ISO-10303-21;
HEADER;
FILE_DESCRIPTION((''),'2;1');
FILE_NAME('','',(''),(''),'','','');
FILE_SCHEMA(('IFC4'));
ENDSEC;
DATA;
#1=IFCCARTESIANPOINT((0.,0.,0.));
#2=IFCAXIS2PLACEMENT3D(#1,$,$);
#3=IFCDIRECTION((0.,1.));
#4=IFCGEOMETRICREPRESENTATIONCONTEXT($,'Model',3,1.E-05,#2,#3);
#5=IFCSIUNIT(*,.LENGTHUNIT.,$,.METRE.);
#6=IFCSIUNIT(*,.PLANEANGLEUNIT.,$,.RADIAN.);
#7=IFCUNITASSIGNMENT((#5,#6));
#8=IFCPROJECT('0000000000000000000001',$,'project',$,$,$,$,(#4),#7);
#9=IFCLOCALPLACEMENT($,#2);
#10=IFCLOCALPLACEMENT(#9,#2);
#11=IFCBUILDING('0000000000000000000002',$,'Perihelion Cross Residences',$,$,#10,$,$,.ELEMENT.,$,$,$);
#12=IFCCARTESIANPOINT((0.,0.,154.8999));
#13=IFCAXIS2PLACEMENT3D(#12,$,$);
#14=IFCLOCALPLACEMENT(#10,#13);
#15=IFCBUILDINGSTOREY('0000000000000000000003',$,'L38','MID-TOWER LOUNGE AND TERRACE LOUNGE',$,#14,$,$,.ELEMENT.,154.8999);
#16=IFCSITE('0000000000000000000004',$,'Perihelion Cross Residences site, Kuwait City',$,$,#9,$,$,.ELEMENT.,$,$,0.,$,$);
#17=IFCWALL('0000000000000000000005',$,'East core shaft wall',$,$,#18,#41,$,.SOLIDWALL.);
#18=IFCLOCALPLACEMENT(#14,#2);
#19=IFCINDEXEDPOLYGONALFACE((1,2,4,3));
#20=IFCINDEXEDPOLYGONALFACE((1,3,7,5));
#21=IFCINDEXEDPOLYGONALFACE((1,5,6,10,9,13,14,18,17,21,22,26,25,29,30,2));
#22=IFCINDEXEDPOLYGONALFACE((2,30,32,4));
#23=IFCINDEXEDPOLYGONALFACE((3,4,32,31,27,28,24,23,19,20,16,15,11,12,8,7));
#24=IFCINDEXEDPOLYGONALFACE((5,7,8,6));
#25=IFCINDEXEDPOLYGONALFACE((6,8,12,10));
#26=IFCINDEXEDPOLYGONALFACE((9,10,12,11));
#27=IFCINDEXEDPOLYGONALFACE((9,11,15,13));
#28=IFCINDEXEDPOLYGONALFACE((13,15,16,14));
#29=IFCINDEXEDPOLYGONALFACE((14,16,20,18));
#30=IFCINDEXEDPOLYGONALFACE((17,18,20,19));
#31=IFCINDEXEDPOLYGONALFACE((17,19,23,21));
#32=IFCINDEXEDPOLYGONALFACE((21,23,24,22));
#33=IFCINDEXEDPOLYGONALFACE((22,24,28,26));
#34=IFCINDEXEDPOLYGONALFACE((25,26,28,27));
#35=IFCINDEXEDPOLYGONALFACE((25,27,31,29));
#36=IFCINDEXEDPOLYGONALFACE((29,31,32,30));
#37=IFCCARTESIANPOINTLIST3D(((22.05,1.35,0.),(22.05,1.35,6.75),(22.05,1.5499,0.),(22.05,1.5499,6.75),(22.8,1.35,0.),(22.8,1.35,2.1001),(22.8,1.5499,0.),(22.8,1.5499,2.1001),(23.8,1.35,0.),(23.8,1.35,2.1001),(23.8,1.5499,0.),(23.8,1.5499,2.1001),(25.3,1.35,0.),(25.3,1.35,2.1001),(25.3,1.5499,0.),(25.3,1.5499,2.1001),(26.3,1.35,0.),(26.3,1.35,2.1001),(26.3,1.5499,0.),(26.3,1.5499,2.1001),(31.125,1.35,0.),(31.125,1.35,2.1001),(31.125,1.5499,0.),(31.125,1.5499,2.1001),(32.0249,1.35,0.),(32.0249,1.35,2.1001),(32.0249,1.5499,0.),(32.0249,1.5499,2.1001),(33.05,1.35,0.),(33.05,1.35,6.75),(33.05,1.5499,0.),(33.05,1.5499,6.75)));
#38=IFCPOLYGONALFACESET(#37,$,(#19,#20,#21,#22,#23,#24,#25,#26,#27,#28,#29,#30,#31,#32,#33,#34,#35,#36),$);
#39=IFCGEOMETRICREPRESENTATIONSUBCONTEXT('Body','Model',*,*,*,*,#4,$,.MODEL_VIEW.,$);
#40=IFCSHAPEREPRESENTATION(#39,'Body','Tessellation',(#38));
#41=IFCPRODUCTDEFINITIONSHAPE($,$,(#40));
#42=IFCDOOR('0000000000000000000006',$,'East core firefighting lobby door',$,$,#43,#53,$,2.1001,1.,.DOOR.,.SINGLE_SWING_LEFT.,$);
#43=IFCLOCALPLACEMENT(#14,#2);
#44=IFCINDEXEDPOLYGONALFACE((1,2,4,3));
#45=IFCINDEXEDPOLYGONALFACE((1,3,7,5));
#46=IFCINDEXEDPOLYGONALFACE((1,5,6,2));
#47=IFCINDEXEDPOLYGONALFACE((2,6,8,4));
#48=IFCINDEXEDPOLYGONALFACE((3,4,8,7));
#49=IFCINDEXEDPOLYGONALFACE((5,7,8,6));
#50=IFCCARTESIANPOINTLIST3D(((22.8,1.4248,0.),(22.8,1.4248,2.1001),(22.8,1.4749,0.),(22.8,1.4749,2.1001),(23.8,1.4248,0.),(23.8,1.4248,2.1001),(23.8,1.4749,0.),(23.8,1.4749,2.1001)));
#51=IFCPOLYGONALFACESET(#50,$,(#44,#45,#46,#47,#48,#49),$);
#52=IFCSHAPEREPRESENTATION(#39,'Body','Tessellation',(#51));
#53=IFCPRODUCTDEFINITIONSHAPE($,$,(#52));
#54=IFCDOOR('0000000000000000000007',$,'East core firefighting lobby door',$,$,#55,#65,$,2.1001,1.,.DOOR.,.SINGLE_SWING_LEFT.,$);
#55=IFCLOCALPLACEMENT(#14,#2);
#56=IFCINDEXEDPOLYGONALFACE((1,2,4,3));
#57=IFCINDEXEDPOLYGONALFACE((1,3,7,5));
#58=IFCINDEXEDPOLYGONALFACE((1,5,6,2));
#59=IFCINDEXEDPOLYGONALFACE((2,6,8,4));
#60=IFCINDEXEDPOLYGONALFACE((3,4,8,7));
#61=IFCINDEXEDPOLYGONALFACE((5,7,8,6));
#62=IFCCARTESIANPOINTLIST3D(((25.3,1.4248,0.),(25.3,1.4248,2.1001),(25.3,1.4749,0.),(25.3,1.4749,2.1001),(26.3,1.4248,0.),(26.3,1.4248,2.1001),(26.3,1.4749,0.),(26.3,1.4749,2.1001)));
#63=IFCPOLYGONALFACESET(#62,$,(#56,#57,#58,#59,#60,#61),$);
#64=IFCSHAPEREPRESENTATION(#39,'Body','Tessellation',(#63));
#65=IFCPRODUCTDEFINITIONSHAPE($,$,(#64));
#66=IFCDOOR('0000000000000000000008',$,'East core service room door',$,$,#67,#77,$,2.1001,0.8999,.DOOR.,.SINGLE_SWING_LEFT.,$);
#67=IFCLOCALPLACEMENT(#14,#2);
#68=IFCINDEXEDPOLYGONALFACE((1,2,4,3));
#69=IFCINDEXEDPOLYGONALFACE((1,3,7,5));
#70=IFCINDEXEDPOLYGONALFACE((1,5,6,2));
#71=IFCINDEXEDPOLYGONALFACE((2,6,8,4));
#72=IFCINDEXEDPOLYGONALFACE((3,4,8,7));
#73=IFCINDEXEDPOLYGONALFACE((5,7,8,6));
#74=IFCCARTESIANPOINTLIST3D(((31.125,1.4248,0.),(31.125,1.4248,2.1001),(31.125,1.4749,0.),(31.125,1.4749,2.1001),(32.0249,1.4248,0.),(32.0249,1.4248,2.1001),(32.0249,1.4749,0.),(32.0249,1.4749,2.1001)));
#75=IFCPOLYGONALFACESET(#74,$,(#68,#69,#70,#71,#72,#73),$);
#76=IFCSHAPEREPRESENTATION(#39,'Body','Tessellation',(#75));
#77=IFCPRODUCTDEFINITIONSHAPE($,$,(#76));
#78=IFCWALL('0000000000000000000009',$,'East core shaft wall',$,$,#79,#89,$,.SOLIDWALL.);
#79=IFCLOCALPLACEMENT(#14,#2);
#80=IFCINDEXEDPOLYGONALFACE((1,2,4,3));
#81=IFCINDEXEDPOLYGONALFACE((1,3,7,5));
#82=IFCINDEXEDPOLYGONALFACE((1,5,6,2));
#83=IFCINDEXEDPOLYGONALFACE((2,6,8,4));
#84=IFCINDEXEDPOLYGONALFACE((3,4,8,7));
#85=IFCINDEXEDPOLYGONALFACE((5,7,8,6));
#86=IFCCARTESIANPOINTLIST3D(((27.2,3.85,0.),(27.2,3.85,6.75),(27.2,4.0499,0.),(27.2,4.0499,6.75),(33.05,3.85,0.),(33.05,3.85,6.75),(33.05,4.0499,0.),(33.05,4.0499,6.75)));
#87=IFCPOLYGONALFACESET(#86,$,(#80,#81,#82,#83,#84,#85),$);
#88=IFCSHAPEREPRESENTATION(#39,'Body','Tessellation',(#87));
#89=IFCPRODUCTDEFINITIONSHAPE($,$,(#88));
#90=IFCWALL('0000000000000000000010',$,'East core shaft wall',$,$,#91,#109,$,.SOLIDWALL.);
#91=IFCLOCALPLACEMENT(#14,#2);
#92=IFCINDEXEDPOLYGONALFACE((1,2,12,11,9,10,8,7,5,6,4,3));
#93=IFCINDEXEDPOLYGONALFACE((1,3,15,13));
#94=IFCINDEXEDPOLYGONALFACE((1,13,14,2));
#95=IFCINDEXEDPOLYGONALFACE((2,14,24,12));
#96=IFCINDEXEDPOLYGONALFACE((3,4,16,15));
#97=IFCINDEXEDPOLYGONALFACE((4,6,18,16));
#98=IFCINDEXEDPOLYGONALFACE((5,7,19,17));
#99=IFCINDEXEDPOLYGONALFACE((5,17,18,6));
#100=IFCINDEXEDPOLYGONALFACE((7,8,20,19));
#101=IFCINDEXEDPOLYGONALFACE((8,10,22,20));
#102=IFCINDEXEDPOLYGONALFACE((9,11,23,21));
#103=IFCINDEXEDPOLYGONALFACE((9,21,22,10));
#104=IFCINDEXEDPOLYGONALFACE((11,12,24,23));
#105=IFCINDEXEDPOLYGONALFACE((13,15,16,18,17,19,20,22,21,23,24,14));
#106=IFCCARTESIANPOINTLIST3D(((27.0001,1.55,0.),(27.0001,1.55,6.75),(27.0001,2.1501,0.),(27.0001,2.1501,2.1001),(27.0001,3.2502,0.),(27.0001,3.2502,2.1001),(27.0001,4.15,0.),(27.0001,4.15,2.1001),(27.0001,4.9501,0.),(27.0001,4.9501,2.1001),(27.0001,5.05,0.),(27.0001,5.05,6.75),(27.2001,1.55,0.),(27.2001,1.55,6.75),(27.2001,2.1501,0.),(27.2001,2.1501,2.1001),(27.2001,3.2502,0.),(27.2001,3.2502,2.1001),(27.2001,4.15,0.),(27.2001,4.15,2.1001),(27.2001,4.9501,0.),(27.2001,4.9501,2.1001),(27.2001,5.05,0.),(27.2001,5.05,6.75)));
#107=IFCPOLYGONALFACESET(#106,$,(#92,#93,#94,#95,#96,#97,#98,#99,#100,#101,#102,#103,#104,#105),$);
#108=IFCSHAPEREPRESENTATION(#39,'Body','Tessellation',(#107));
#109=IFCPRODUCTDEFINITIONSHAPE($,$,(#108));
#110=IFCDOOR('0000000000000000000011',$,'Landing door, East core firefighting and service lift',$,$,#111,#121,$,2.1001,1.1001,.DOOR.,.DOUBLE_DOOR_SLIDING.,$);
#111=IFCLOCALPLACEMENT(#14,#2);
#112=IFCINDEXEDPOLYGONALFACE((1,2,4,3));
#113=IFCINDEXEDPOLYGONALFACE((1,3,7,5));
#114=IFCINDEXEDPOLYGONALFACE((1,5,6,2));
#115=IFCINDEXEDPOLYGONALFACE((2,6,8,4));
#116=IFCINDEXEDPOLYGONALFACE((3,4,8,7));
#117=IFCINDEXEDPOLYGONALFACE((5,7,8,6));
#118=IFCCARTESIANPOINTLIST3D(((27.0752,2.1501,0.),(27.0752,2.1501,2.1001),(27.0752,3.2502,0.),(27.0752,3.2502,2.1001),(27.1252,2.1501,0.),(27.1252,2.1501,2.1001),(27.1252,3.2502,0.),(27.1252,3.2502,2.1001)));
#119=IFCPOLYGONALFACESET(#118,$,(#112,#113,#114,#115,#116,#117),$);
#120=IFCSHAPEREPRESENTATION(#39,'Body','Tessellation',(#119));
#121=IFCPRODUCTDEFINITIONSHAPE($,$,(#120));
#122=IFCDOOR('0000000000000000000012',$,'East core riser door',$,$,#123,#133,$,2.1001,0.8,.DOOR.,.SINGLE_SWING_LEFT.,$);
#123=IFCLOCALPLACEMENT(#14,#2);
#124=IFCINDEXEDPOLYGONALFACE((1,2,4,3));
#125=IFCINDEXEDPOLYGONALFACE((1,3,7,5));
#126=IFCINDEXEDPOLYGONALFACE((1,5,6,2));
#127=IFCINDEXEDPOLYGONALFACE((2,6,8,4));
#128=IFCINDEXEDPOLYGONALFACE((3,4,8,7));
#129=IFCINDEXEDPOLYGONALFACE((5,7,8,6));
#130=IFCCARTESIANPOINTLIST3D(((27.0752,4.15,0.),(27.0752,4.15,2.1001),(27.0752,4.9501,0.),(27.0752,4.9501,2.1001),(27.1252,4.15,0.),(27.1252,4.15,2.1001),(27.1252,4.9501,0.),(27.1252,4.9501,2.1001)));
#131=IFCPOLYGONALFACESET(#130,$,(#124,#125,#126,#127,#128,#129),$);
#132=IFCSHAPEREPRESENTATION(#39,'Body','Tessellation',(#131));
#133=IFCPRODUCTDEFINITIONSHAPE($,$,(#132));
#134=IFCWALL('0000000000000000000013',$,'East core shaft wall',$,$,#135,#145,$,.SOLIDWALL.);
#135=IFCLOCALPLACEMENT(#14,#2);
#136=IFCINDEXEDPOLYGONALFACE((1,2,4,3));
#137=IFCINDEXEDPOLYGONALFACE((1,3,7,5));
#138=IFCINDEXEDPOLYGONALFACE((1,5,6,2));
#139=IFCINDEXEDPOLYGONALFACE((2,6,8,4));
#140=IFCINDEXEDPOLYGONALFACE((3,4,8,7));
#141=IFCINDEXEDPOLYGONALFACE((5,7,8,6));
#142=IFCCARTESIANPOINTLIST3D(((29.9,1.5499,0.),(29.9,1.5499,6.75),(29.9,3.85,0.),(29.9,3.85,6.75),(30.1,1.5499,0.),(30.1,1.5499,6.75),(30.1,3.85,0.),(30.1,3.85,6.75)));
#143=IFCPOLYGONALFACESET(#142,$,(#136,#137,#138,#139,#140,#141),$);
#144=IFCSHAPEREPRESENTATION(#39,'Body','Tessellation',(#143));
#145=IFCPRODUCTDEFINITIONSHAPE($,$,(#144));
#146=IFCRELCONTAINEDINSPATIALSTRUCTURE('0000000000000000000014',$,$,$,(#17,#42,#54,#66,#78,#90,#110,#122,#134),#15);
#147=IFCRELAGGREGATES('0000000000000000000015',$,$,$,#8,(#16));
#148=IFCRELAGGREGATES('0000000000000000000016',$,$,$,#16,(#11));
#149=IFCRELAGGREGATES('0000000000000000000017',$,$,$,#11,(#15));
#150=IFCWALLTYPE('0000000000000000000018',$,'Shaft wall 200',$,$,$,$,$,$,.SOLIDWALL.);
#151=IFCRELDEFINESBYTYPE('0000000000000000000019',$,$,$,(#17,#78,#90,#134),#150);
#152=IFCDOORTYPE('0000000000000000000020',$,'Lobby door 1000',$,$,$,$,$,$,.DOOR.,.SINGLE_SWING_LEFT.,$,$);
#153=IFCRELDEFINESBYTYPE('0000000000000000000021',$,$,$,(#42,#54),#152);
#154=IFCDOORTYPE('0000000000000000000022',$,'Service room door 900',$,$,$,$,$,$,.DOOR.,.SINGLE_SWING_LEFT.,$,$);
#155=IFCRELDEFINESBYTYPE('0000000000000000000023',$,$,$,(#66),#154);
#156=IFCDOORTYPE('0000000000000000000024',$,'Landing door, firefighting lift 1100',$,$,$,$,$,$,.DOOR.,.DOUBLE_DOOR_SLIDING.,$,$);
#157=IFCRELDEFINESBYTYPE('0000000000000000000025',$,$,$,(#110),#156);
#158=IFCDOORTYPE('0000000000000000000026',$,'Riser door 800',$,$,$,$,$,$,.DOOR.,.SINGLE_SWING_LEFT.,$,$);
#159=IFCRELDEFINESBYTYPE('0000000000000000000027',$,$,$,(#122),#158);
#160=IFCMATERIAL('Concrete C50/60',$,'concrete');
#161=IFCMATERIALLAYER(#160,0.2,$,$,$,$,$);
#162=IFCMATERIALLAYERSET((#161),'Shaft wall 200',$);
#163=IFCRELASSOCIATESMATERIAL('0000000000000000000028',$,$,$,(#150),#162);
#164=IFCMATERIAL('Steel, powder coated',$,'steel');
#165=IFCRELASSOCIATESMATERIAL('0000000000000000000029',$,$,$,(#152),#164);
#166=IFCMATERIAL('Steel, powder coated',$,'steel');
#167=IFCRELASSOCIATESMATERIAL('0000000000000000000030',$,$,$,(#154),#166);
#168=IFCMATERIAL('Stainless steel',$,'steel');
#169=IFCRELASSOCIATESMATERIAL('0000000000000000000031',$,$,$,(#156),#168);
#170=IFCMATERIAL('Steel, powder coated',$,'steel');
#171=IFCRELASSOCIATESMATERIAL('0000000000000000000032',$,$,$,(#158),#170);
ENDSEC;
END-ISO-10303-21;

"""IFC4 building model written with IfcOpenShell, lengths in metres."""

from ifc_helpers import new_model, si_unit, direction, frame, frame_2d, origin, place, context, subcontext, project, spatial, rectangle, extrude, material, layer, layer_set, type_object, element, fill, save


model = new_model("IFC4")

# Units and contexts
model_context = context("Model", 3, precision=1e-05, world=origin(), true_north=direction((0.0, 1.0)))
body_context = subcontext(model_context, "Body", "Model", "MODEL_VIEW")
ifc_project = project(units=[si_unit("LENGTHUNIT", "METRE"), si_unit("PLANEANGLEUNIT", "RADIAN")], contexts=[model_context])

# Site, building, storey
site_placement = place(None, origin())
site = spatial("IfcSite", under=ifc_project, at=site_placement, Name="Perihelion Cross Residences site, Kuwait City", CompositionType="ELEMENT", RefElevation=0.0)
building_placement = place(site_placement, origin())
building = spatial("IfcBuilding", under=site, at=building_placement, Name="Perihelion Cross Residences", CompositionType="ELEMENT")
storey_placement = place(building_placement, frame((0.0, 0.0, 154.8999)))
storey = spatial("IfcBuildingStorey", under=building, at=storey_placement, Name="L38", Description="MID-TOWER LOUNGE AND TERRACE LOUNGE", CompositionType="ELEMENT", Elevation=154.8999)

# Wall, openings, doors
ifc_material_1 = material(Name="Concrete C50/60", Category="concrete")
ifc_layer_1 = layer(ifc_material_1, 0.2)
ifc_layer_set_1 = layer_set([ifc_layer_1], Name="Shaft wall 200")
wall_type_1 = type_object("IfcWallType", Name="Shaft wall 200", PredefinedType="SOLIDWALL", material=ifc_layer_set_1)
wall_1_placement = place(storey_placement, frame((22.05, 1.45, 0.0), z_axis=(0.0, 0.0, 1.0), x_axis=(1.0, 0.0, 0.0)))
wall_1 = element("IfcWall", 1, at=wall_1_placement, inside=storey, type_object=wall_type_1, Name="East core shaft wall", PredefinedType="SOLIDWALL", context=body_context, shape_type="SweptSolid", body=[
    extrude(rectangle(XDim=11.0, YDim=0.2, at=frame_2d((5.5, 0.0))), origin(), (0.0, 0.0, 1.0), 6.75),
])
opening_1_placement = place(wall_1_placement, frame((0.75, 0.0, 0.0)))
opening_1 = element("IfcOpeningElement", 2, at=opening_1_placement, cuts=wall_1, PredefinedType="OPENING", context=body_context, shape_type="SweptSolid", body=[
    extrude(rectangle(XDim=1.0, YDim=2.1001, at=frame_2d((0.5, 1.05))), frame((0.0, 0.1099, 0.0), z_axis=(0.0, -1.0, 0.0), x_axis=(1.0, 0.0, 0.0)), (0.0, 0.0, 1.0), 0.22),
])
opening_2_placement = place(wall_1_placement, frame((3.25, 0.0, 0.0)))
opening_2 = element("IfcOpeningElement", 3, at=opening_2_placement, cuts=wall_1, PredefinedType="OPENING", context=body_context, shape_type="SweptSolid", body=[
    extrude(rectangle(XDim=1.0, YDim=2.1001, at=frame_2d((0.5, 1.05))), frame((0.0, 0.1099, 0.0), z_axis=(0.0, -1.0, 0.0), x_axis=(1.0, 0.0, 0.0)), (0.0, 0.0, 1.0), 0.22),
])
opening_3_placement = place(wall_1_placement, frame((9.075, 0.0, 0.0)))
opening_3 = element("IfcOpeningElement", 4, at=opening_3_placement, cuts=wall_1, PredefinedType="OPENING", context=body_context, shape_type="SweptSolid", body=[
    extrude(rectangle(XDim=0.8999, YDim=2.1001, at=frame_2d((0.45, 1.05))), frame((0.0, 0.1099, 0.0), z_axis=(0.0, -1.0, 0.0), x_axis=(1.0, 0.0, 0.0)), (0.0, 0.0, 1.0), 0.22),
])
ifc_material_2 = material(Name="Steel, powder coated", Category="steel")
door_type_1 = type_object("IfcDoorType", Name="Lobby door 1000", OperationType="SINGLE_SWING_LEFT", PredefinedType="DOOR", material=ifc_material_2)
door_1_placement = place(opening_1_placement, origin())
door_1 = element("IfcDoor", 5, at=door_1_placement, inside=storey, type_object=door_type_1, Name="East core firefighting lobby door", OperationType="SINGLE_SWING_LEFT", OverallHeight=2.1001, OverallWidth=1.0, PredefinedType="DOOR", context=body_context, shape_type="SweptSolid", body=[
    extrude(rectangle(XDim=1.0, YDim=2.1001, at=frame_2d((0.5, 1.05))), frame((0.0, 0.0249, 0.0), z_axis=(0.0, -1.0, 0.0), x_axis=(1.0, 0.0, 0.0)), (0.0, 0.0, 1.0), 0.05),
])
fill(opening_1, door_1)
door_2_placement = place(opening_2_placement, origin())
door_2 = element("IfcDoor", 6, at=door_2_placement, inside=storey, type_object=door_type_1, Name="East core firefighting lobby door", OperationType="SINGLE_SWING_LEFT", OverallHeight=2.1001, OverallWidth=1.0, PredefinedType="DOOR", context=body_context, shape_type="SweptSolid", body=[
    extrude(rectangle(XDim=1.0, YDim=2.1001, at=frame_2d((0.5, 1.05))), frame((0.0, 0.0249, 0.0), z_axis=(0.0, -1.0, 0.0), x_axis=(1.0, 0.0, 0.0)), (0.0, 0.0, 1.0), 0.05),
])
fill(opening_2, door_2)
ifc_material_3 = material(Name="Steel, powder coated", Category="steel")
door_type_2 = type_object("IfcDoorType", Name="Service room door 900", OperationType="SINGLE_SWING_LEFT", PredefinedType="DOOR", material=ifc_material_3)
door_3_placement = place(opening_3_placement, origin())
door_3 = element("IfcDoor", 7, at=door_3_placement, inside=storey, type_object=door_type_2, Name="East core service room door", OperationType="SINGLE_SWING_LEFT", OverallHeight=2.1001, OverallWidth=0.8999, PredefinedType="DOOR", context=body_context, shape_type="SweptSolid", body=[
    extrude(rectangle(XDim=0.8999, YDim=2.1001, at=frame_2d((0.45, 1.05))), frame((0.0, 0.0249, 0.0), z_axis=(0.0, -1.0, 0.0), x_axis=(1.0, 0.0, 0.0)), (0.0, 0.0, 1.0), 0.05),
])
fill(opening_3, door_3)

# Wall
wall_2_placement = place(storey_placement, frame((27.2, 3.95, 0.0), z_axis=(0.0, 0.0, 1.0), x_axis=(1.0, 0.0, 0.0)))
element("IfcWall", 8, at=wall_2_placement, inside=storey, type_object=wall_type_1, Name="East core shaft wall", PredefinedType="SOLIDWALL", context=body_context, shape_type="SweptSolid", body=[
    extrude(rectangle(XDim=5.8501, YDim=0.2, at=frame_2d((2.925, 0.0))), origin(), (0.0, 0.0, 1.0), 6.75),
])

# Wall, openings, doors
wall_3_placement = place(storey_placement, frame((27.1001, 1.55, 0.0), z_axis=(0.0, 0.0, 1.0), x_axis=(0.0, 1.0, 0.0)))
wall_3 = element("IfcWall", 9, at=wall_3_placement, inside=storey, type_object=wall_type_1, Name="East core shaft wall", PredefinedType="SOLIDWALL", context=body_context, shape_type="SweptSolid", body=[
    extrude(rectangle(XDim=3.5, YDim=0.2, at=frame_2d((1.75, 0.0))), origin(), (0.0, 0.0, 1.0), 6.75),
])
opening_4_placement = place(wall_3_placement, frame((0.6001, 0.0, 0.0)))
opening_4 = element("IfcOpeningElement", 10, at=opening_4_placement, cuts=wall_3, PredefinedType="OPENING", context=body_context, shape_type="SweptSolid", body=[
    extrude(rectangle(XDim=1.1001, YDim=2.1001, at=frame_2d((0.55, 1.05))), frame((0.0, 0.1099, 0.0), z_axis=(0.0, -1.0, 0.0), x_axis=(1.0, 0.0, 0.0)), (0.0, 0.0, 1.0), 0.22),
])
opening_5_placement = place(wall_3_placement, frame((2.6001, 0.0, 0.0)))
opening_5 = element("IfcOpeningElement", 11, at=opening_5_placement, cuts=wall_3, PredefinedType="OPENING", context=body_context, shape_type="SweptSolid", body=[
    extrude(rectangle(XDim=0.8, YDim=2.1001, at=frame_2d((0.3999, 1.05))), frame((0.0, 0.1099, 0.0), z_axis=(0.0, -1.0, 0.0), x_axis=(1.0, 0.0, 0.0)), (0.0, 0.0, 1.0), 0.22),
])
ifc_material_4 = material(Name="Stainless steel", Category="steel")
door_type_3 = type_object("IfcDoorType", Name="Landing door, firefighting lift 1100", OperationType="DOUBLE_DOOR_SLIDING", PredefinedType="DOOR", material=ifc_material_4)
door_4_placement = place(opening_4_placement, origin())
door_4 = element("IfcDoor", 12, at=door_4_placement, inside=storey, type_object=door_type_3, Name="Landing door, East core firefighting and service lift", OperationType="DOUBLE_DOOR_SLIDING", OverallHeight=2.1001, OverallWidth=1.1001, PredefinedType="DOOR", context=body_context, shape_type="SweptSolid", body=[
    extrude(rectangle(XDim=1.1001, YDim=2.1001, at=frame_2d((0.55, 1.05))), frame((0.0, 0.0249, 0.0), z_axis=(0.0, -1.0, 0.0), x_axis=(1.0, 0.0, 0.0)), (0.0, 0.0, 1.0), 0.05),
])
fill(opening_4, door_4)
ifc_material_5 = material(Name="Steel, powder coated", Category="steel")
door_type_4 = type_object("IfcDoorType", Name="Riser door 800", OperationType="SINGLE_SWING_LEFT", PredefinedType="DOOR", material=ifc_material_5)
door_5_placement = place(opening_5_placement, origin())
door_5 = element("IfcDoor", 13, at=door_5_placement, inside=storey, type_object=door_type_4, Name="East core riser door", OperationType="SINGLE_SWING_LEFT", OverallHeight=2.1001, OverallWidth=0.8, PredefinedType="DOOR", context=body_context, shape_type="SweptSolid", body=[
    extrude(rectangle(XDim=0.8, YDim=2.1001, at=frame_2d((0.3999, 1.05))), frame((0.0, 0.0249, 0.0), z_axis=(0.0, -1.0, 0.0), x_axis=(1.0, 0.0, 0.0)), (0.0, 0.0, 1.0), 0.05),
])
fill(opening_5, door_5)

# Wall
wall_4_placement = place(storey_placement, frame((30.0, 1.55, 0.0), z_axis=(0.0, 0.0, 1.0), x_axis=(0.0, 1.0, 0.0)))
element("IfcWall", 14, at=wall_4_placement, inside=storey, type_object=wall_type_1, Name="East core shaft wall", PredefinedType="SOLIDWALL", context=body_context, shape_type="SweptSolid", body=[
    extrude(rectangle(XDim=2.3, YDim=0.2, at=frame_2d((1.1499, 0.0))), origin(), (0.0, 0.0, 1.0), 6.75),
])

save(model, "model.ifc")
